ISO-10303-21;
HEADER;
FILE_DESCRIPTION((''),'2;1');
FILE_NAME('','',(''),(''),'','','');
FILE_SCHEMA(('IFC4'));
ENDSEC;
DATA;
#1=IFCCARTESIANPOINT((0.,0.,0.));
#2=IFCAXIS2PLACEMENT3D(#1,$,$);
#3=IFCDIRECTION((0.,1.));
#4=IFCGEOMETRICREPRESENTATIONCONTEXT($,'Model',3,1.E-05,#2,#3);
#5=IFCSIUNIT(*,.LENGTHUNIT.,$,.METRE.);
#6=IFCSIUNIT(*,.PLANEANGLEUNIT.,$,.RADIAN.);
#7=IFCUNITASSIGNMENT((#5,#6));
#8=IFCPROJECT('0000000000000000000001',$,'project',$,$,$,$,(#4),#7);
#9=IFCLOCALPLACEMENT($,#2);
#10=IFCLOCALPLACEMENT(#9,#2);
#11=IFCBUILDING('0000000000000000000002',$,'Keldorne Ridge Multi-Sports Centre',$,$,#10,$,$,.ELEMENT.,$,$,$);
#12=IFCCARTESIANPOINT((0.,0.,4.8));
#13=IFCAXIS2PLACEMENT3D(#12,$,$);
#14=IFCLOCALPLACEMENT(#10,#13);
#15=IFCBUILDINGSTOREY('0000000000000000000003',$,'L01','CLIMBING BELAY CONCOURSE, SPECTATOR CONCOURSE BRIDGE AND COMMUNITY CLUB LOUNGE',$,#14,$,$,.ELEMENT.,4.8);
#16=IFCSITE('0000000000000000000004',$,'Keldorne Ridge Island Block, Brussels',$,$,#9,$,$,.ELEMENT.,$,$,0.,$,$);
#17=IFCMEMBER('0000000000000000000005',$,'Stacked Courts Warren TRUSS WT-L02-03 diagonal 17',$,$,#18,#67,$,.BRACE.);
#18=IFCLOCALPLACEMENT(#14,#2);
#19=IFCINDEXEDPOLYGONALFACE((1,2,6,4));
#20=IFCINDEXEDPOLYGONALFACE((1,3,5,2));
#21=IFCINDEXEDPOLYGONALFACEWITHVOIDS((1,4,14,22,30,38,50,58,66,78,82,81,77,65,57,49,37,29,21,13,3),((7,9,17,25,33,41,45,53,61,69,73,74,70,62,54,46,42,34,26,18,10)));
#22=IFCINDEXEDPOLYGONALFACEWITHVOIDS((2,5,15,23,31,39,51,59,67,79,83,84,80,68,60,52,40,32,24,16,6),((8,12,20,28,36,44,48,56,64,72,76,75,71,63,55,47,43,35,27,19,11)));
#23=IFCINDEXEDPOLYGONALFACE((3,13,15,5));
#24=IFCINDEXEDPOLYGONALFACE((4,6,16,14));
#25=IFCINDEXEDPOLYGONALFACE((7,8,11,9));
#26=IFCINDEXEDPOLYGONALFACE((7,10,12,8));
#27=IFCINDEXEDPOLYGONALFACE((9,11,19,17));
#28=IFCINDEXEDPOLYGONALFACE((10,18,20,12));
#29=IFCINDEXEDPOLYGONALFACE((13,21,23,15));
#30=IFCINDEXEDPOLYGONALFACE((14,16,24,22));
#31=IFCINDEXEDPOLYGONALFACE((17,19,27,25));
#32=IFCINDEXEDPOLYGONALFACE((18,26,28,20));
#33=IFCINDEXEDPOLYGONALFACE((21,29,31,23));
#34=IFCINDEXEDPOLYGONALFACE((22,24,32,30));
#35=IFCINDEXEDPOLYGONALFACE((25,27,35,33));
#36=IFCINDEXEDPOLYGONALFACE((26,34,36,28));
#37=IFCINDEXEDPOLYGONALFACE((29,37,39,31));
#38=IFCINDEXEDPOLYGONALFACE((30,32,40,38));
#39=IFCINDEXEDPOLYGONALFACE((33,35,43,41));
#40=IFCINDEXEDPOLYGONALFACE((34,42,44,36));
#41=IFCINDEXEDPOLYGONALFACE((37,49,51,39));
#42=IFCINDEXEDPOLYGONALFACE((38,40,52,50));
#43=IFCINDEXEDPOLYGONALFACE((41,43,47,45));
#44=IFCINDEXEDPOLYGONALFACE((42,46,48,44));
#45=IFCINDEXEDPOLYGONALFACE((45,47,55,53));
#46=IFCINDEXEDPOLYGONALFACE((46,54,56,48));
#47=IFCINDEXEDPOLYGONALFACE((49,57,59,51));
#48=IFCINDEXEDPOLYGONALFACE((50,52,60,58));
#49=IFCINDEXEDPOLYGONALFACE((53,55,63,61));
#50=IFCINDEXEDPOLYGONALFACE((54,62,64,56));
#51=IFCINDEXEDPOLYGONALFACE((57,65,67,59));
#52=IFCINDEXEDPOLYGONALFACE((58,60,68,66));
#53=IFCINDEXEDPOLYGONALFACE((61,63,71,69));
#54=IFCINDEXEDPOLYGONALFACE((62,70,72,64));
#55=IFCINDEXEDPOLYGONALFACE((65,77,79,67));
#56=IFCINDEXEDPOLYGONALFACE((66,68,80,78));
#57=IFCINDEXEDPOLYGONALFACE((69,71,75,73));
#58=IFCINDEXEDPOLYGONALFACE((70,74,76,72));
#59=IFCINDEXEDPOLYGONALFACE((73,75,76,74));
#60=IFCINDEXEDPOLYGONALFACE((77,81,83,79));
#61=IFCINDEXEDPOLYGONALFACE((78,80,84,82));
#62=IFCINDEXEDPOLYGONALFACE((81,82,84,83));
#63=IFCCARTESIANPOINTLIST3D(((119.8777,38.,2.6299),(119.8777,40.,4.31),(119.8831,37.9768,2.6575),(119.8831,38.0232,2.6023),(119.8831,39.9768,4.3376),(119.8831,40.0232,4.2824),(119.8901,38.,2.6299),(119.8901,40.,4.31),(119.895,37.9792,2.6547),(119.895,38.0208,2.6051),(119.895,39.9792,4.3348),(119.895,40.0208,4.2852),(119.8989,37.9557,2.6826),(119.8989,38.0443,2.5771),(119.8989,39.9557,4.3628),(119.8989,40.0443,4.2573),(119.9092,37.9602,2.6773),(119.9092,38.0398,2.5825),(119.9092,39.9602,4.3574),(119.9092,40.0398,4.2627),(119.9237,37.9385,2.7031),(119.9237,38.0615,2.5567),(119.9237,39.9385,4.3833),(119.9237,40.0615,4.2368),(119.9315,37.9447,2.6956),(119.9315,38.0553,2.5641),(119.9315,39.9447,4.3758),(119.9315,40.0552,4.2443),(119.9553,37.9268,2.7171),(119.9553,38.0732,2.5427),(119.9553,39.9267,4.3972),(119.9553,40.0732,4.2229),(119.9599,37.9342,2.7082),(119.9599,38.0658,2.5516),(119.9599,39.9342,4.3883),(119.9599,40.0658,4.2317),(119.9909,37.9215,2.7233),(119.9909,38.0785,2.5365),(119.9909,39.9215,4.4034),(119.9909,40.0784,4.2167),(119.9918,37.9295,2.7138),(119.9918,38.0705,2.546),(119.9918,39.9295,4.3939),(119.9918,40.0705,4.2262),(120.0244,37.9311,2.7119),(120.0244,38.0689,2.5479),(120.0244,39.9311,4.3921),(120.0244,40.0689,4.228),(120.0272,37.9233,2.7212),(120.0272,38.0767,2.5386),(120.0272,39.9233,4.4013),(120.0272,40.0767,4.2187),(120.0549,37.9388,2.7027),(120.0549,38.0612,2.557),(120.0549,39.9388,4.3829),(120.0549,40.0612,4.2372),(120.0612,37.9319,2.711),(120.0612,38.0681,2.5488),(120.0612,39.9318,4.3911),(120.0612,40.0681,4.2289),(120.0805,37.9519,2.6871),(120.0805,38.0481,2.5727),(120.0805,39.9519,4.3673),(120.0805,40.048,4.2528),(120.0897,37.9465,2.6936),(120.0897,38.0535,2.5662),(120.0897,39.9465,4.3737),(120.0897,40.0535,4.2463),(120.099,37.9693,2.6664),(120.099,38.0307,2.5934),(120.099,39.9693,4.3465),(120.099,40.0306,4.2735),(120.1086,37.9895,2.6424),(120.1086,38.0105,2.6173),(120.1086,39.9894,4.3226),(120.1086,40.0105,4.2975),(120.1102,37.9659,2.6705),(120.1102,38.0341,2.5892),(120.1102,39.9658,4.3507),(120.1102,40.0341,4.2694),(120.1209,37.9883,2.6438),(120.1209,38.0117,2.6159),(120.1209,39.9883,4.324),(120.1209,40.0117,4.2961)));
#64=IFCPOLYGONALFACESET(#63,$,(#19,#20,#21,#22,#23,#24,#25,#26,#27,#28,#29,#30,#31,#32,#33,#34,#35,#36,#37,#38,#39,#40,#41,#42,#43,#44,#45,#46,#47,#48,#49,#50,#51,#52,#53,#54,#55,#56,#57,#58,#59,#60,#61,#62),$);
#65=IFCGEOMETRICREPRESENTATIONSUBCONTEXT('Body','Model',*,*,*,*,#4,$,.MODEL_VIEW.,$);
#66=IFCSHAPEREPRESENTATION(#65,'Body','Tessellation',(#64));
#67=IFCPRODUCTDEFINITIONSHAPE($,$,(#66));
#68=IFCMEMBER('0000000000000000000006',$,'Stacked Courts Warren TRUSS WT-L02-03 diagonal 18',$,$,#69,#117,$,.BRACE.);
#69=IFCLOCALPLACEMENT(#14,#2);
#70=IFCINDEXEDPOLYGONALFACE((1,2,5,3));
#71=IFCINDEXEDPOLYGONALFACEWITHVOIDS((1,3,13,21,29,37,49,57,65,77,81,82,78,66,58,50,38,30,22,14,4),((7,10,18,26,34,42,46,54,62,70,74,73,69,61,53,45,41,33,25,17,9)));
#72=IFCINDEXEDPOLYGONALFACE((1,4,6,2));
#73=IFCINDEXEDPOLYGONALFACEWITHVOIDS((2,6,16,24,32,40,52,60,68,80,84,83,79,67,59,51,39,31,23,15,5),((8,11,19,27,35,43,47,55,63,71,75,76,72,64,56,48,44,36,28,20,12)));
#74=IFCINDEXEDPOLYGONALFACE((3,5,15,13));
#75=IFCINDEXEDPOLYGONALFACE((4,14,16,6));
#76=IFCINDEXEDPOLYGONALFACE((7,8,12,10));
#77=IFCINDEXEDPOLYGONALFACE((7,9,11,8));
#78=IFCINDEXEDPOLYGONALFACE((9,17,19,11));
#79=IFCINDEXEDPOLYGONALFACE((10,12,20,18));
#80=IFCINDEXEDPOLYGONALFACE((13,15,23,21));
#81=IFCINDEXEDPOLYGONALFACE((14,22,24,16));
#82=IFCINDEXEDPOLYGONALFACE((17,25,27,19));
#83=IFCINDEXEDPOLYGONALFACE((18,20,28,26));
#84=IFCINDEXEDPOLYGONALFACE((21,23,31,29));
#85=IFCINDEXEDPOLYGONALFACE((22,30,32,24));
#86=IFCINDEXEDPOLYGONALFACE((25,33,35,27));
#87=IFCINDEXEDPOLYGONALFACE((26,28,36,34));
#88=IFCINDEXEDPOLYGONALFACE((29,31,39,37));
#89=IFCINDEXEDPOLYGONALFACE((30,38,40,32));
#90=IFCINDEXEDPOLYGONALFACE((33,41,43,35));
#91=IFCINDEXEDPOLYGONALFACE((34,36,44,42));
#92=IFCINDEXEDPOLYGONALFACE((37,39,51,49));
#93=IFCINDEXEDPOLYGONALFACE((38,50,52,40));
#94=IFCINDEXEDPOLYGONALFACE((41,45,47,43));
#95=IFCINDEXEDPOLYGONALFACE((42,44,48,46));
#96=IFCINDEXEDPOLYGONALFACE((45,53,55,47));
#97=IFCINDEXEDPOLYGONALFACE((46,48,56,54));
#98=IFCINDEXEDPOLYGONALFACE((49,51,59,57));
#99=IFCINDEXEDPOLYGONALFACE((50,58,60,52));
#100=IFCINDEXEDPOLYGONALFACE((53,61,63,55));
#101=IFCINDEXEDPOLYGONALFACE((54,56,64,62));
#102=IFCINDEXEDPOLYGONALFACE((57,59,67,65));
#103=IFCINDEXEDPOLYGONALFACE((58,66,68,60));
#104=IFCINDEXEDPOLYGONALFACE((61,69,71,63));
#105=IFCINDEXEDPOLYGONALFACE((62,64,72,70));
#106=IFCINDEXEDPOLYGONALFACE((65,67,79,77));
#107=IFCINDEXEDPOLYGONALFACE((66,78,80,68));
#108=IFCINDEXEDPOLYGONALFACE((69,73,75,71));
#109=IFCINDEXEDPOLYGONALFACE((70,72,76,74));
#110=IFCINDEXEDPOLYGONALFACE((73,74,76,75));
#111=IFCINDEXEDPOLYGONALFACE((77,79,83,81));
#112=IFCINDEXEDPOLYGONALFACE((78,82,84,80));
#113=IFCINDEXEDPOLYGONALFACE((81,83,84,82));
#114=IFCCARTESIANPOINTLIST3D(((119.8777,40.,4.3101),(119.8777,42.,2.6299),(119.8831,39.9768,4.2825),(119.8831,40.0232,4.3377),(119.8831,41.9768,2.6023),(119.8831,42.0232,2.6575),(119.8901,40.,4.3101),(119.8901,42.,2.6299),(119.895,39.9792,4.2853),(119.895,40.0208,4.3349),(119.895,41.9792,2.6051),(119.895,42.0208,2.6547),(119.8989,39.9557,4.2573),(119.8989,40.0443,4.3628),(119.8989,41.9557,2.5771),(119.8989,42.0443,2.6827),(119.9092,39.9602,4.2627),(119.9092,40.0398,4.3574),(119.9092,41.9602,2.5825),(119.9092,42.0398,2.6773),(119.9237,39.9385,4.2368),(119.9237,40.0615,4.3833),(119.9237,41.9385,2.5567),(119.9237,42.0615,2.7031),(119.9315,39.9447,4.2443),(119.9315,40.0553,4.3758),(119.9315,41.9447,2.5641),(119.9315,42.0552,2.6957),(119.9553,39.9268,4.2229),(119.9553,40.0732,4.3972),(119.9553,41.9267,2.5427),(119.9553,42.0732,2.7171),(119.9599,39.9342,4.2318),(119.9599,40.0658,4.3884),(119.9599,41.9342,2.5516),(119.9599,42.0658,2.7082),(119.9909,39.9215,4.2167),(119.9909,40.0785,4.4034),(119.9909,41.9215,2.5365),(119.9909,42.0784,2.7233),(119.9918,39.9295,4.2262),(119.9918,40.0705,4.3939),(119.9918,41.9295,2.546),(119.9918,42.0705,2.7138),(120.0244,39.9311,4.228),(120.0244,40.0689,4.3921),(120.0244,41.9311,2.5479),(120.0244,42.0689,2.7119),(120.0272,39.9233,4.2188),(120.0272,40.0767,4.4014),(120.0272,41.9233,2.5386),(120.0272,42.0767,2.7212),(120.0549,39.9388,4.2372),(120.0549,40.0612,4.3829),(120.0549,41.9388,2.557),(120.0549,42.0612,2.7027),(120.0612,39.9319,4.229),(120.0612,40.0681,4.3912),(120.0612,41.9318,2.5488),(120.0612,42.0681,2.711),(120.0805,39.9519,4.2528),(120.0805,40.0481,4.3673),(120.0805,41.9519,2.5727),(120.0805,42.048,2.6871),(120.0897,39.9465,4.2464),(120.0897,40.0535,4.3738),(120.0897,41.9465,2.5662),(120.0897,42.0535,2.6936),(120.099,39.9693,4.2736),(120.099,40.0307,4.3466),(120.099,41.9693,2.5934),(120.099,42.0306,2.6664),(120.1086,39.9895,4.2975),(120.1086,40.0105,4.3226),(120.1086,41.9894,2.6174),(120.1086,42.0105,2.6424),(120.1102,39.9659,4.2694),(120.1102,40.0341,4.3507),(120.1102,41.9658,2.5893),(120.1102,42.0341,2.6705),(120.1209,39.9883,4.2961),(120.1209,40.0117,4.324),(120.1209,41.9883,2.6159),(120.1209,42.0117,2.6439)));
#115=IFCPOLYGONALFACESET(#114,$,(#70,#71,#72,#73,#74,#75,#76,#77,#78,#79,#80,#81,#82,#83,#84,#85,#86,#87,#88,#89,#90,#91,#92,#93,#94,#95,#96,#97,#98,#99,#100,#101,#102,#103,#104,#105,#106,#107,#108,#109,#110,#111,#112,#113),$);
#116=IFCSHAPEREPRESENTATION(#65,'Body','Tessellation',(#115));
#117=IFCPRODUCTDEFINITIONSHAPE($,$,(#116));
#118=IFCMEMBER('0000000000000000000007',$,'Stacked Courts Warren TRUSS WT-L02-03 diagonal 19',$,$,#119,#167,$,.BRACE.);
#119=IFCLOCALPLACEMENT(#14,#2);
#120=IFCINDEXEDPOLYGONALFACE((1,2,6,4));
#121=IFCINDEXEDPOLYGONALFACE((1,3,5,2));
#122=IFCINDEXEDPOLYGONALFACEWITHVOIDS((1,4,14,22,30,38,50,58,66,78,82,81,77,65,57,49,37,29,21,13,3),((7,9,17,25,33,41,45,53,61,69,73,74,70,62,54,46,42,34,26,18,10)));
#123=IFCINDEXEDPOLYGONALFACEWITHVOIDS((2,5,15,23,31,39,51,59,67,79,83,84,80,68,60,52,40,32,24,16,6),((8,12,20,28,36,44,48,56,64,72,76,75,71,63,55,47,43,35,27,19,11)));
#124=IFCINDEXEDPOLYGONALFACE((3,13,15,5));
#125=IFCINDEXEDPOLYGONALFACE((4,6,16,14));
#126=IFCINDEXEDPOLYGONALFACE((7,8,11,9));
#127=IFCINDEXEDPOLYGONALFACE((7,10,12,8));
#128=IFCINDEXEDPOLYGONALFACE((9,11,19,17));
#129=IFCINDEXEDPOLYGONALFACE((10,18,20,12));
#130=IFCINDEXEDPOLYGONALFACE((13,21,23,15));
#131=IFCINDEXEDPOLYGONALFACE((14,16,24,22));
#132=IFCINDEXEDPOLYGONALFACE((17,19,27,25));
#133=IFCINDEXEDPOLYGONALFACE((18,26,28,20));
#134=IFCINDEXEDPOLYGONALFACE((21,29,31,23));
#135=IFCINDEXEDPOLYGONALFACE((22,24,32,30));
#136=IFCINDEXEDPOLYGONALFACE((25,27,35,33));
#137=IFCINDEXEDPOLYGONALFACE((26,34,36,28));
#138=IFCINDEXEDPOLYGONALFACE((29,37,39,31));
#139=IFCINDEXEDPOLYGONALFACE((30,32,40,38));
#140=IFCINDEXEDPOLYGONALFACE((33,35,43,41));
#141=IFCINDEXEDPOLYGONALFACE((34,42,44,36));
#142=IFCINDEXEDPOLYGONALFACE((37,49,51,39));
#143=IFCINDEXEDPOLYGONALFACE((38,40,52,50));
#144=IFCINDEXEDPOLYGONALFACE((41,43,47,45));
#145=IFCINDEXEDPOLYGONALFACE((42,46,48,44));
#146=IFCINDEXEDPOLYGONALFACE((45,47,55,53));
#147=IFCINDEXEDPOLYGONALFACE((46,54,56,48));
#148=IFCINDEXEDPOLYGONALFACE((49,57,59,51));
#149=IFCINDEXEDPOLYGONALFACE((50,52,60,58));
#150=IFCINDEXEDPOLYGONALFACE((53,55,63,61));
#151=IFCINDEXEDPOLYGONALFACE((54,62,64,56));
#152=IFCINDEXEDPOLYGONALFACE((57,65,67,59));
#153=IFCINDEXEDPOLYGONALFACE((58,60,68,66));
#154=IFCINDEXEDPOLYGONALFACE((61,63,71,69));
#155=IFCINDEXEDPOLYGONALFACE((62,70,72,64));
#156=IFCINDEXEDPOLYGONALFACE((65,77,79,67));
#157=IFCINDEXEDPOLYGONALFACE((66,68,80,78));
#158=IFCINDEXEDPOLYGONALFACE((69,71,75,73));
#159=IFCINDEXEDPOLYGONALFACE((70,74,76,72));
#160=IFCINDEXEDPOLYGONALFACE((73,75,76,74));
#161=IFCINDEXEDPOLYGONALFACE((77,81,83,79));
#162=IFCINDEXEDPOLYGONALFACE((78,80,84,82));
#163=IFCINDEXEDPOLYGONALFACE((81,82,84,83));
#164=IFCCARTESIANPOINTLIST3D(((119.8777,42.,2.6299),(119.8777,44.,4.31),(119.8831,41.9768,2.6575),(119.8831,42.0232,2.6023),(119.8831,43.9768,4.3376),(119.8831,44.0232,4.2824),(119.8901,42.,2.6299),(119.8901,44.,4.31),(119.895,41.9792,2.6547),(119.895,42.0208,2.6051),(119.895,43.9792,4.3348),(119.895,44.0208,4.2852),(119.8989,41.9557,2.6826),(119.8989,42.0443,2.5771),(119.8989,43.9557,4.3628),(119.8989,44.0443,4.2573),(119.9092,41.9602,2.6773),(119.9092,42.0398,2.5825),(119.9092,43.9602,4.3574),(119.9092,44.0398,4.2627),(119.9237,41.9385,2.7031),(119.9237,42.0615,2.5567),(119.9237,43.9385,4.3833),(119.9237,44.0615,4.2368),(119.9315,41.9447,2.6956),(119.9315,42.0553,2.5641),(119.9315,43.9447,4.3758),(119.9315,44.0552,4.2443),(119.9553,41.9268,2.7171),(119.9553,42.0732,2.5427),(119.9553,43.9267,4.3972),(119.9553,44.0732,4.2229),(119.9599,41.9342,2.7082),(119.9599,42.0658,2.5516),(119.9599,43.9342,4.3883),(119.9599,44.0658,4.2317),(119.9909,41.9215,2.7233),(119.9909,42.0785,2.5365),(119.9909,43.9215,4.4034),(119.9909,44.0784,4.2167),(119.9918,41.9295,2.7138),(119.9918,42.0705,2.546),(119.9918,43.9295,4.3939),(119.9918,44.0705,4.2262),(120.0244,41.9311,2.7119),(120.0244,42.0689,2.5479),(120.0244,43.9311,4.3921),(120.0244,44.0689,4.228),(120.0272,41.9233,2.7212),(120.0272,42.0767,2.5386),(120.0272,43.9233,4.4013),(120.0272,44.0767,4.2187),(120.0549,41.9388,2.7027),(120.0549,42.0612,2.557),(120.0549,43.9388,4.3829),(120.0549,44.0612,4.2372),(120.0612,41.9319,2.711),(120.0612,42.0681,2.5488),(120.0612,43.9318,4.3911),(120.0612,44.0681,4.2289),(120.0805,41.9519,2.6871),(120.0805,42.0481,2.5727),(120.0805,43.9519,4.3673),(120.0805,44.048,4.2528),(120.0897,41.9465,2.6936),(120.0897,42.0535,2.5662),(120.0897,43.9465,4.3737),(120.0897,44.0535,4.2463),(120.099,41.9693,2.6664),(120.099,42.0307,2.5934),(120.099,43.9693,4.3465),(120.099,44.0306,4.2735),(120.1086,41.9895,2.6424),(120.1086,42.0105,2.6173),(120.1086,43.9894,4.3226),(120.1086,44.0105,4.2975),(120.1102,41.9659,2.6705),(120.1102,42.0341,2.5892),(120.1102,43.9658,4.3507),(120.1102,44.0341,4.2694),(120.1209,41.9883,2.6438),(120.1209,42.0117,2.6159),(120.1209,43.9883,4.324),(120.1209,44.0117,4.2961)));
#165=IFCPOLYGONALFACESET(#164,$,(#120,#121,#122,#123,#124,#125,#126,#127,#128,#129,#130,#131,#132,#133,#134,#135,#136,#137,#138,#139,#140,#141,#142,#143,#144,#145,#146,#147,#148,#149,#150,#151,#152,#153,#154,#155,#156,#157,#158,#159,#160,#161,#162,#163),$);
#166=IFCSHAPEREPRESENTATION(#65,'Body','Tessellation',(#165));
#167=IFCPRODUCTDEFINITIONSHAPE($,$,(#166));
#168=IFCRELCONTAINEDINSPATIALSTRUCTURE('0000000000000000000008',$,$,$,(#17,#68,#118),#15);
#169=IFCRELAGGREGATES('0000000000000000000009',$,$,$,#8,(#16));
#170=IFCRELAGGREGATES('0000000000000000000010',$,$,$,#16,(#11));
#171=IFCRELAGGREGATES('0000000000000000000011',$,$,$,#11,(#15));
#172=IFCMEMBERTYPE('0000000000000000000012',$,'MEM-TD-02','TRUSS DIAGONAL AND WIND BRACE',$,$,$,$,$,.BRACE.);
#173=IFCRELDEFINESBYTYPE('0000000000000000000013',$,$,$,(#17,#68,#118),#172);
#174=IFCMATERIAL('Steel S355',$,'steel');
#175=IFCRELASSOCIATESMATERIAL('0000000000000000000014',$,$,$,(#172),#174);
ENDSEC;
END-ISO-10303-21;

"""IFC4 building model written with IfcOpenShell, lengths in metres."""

from ifc_helpers import new_model, si_unit, direction, frame, origin, origin_2d, place, context, subcontext, project, spatial, hollow_circle, extrude, material, material_profile, profile_set, type_object, element, save


model = new_model("IFC4")

# Units and contexts
model_context = context("Model", 3, precision=1e-05, world=origin(), true_north=direction((0.0, 1.0)))
body_context = subcontext(model_context, "Body", "Model", "MODEL_VIEW")
ifc_project = project(units=[si_unit("LENGTHUNIT", "METRE"), si_unit("PLANEANGLEUNIT", "RADIAN")], contexts=[model_context])

# Site, building, storey
site_placement = place(None, origin())
site = spatial("IfcSite", under=ifc_project, at=site_placement, Name="Keldorne Ridge Island Block, Brussels", CompositionType="ELEMENT", RefElevation=0.0)
building_placement = place(site_placement, origin())
building = spatial("IfcBuilding", under=site, at=building_placement, Name="Keldorne Ridge Multi-Sports Centre", CompositionType="ELEMENT")
storey_placement = place(building_placement, frame((0.0, 0.0, 4.8)))
storey = spatial("IfcBuildingStorey", under=building, at=storey_placement, Name="L01", Description="CLIMBING BELAY CONCOURSE, SPECTATOR CONCOURSE BRIDGE AND COMMUNITY CLUB LOUNGE", CompositionType="ELEMENT", Elevation=4.8)

# Members
ifc_material = material(Name="Steel S355", Category="steel")
ifc_material_profile_1 = material_profile(ifc_material, hollow_circle(Radius=0.1223, WallThickness=0.0125, at=origin_2d()), Name="CHS 244.5x12.5")
ifc_profile_set_1 = profile_set([ifc_material_profile_1], Name="Steel S355")
member_type_1 = type_object("IfcMemberType", Name="MEM-TD-02", Description="TRUSS DIAGONAL AND WIND BRACE", PredefinedType="BRACE", material=ifc_profile_set_1)
for number, where, z_axis, x_axis, name in (
    (1, (120.0, 38.0, 2.6299), (0.0, 0.765672, 0.643232), (-1.0, 0.0, 0.0), "Stacked Courts Warren TRUSS WT-L02-03 diagonal 17"),
    (2, (120.0, 40.0, 4.3101), (0.0, 0.765672, -0.643232), (-1.0, 0.0, 0.0), "Stacked Courts Warren TRUSS WT-L02-03 diagonal 18"),
    (3, (120.0, 42.0, 2.6299), (0.0, 0.765672, 0.643232), (-1.0, 0.0, 0.0), "Stacked Courts Warren TRUSS WT-L02-03 diagonal 19"),
):
    element("IfcMember", number, at=place(storey_placement, frame(where, z_axis=z_axis, x_axis=x_axis)), inside=storey, type_object=member_type_1, Name=name, PredefinedType="BRACE", context=body_context, shape_type="SweptSolid", body=[
        extrude(hollow_circle(Radius=0.1223, WallThickness=0.0125, at=origin_2d()), origin(), (0.0, 0.0, 1.0), 2.6121),
    ])

save(model, "model.ifc")
